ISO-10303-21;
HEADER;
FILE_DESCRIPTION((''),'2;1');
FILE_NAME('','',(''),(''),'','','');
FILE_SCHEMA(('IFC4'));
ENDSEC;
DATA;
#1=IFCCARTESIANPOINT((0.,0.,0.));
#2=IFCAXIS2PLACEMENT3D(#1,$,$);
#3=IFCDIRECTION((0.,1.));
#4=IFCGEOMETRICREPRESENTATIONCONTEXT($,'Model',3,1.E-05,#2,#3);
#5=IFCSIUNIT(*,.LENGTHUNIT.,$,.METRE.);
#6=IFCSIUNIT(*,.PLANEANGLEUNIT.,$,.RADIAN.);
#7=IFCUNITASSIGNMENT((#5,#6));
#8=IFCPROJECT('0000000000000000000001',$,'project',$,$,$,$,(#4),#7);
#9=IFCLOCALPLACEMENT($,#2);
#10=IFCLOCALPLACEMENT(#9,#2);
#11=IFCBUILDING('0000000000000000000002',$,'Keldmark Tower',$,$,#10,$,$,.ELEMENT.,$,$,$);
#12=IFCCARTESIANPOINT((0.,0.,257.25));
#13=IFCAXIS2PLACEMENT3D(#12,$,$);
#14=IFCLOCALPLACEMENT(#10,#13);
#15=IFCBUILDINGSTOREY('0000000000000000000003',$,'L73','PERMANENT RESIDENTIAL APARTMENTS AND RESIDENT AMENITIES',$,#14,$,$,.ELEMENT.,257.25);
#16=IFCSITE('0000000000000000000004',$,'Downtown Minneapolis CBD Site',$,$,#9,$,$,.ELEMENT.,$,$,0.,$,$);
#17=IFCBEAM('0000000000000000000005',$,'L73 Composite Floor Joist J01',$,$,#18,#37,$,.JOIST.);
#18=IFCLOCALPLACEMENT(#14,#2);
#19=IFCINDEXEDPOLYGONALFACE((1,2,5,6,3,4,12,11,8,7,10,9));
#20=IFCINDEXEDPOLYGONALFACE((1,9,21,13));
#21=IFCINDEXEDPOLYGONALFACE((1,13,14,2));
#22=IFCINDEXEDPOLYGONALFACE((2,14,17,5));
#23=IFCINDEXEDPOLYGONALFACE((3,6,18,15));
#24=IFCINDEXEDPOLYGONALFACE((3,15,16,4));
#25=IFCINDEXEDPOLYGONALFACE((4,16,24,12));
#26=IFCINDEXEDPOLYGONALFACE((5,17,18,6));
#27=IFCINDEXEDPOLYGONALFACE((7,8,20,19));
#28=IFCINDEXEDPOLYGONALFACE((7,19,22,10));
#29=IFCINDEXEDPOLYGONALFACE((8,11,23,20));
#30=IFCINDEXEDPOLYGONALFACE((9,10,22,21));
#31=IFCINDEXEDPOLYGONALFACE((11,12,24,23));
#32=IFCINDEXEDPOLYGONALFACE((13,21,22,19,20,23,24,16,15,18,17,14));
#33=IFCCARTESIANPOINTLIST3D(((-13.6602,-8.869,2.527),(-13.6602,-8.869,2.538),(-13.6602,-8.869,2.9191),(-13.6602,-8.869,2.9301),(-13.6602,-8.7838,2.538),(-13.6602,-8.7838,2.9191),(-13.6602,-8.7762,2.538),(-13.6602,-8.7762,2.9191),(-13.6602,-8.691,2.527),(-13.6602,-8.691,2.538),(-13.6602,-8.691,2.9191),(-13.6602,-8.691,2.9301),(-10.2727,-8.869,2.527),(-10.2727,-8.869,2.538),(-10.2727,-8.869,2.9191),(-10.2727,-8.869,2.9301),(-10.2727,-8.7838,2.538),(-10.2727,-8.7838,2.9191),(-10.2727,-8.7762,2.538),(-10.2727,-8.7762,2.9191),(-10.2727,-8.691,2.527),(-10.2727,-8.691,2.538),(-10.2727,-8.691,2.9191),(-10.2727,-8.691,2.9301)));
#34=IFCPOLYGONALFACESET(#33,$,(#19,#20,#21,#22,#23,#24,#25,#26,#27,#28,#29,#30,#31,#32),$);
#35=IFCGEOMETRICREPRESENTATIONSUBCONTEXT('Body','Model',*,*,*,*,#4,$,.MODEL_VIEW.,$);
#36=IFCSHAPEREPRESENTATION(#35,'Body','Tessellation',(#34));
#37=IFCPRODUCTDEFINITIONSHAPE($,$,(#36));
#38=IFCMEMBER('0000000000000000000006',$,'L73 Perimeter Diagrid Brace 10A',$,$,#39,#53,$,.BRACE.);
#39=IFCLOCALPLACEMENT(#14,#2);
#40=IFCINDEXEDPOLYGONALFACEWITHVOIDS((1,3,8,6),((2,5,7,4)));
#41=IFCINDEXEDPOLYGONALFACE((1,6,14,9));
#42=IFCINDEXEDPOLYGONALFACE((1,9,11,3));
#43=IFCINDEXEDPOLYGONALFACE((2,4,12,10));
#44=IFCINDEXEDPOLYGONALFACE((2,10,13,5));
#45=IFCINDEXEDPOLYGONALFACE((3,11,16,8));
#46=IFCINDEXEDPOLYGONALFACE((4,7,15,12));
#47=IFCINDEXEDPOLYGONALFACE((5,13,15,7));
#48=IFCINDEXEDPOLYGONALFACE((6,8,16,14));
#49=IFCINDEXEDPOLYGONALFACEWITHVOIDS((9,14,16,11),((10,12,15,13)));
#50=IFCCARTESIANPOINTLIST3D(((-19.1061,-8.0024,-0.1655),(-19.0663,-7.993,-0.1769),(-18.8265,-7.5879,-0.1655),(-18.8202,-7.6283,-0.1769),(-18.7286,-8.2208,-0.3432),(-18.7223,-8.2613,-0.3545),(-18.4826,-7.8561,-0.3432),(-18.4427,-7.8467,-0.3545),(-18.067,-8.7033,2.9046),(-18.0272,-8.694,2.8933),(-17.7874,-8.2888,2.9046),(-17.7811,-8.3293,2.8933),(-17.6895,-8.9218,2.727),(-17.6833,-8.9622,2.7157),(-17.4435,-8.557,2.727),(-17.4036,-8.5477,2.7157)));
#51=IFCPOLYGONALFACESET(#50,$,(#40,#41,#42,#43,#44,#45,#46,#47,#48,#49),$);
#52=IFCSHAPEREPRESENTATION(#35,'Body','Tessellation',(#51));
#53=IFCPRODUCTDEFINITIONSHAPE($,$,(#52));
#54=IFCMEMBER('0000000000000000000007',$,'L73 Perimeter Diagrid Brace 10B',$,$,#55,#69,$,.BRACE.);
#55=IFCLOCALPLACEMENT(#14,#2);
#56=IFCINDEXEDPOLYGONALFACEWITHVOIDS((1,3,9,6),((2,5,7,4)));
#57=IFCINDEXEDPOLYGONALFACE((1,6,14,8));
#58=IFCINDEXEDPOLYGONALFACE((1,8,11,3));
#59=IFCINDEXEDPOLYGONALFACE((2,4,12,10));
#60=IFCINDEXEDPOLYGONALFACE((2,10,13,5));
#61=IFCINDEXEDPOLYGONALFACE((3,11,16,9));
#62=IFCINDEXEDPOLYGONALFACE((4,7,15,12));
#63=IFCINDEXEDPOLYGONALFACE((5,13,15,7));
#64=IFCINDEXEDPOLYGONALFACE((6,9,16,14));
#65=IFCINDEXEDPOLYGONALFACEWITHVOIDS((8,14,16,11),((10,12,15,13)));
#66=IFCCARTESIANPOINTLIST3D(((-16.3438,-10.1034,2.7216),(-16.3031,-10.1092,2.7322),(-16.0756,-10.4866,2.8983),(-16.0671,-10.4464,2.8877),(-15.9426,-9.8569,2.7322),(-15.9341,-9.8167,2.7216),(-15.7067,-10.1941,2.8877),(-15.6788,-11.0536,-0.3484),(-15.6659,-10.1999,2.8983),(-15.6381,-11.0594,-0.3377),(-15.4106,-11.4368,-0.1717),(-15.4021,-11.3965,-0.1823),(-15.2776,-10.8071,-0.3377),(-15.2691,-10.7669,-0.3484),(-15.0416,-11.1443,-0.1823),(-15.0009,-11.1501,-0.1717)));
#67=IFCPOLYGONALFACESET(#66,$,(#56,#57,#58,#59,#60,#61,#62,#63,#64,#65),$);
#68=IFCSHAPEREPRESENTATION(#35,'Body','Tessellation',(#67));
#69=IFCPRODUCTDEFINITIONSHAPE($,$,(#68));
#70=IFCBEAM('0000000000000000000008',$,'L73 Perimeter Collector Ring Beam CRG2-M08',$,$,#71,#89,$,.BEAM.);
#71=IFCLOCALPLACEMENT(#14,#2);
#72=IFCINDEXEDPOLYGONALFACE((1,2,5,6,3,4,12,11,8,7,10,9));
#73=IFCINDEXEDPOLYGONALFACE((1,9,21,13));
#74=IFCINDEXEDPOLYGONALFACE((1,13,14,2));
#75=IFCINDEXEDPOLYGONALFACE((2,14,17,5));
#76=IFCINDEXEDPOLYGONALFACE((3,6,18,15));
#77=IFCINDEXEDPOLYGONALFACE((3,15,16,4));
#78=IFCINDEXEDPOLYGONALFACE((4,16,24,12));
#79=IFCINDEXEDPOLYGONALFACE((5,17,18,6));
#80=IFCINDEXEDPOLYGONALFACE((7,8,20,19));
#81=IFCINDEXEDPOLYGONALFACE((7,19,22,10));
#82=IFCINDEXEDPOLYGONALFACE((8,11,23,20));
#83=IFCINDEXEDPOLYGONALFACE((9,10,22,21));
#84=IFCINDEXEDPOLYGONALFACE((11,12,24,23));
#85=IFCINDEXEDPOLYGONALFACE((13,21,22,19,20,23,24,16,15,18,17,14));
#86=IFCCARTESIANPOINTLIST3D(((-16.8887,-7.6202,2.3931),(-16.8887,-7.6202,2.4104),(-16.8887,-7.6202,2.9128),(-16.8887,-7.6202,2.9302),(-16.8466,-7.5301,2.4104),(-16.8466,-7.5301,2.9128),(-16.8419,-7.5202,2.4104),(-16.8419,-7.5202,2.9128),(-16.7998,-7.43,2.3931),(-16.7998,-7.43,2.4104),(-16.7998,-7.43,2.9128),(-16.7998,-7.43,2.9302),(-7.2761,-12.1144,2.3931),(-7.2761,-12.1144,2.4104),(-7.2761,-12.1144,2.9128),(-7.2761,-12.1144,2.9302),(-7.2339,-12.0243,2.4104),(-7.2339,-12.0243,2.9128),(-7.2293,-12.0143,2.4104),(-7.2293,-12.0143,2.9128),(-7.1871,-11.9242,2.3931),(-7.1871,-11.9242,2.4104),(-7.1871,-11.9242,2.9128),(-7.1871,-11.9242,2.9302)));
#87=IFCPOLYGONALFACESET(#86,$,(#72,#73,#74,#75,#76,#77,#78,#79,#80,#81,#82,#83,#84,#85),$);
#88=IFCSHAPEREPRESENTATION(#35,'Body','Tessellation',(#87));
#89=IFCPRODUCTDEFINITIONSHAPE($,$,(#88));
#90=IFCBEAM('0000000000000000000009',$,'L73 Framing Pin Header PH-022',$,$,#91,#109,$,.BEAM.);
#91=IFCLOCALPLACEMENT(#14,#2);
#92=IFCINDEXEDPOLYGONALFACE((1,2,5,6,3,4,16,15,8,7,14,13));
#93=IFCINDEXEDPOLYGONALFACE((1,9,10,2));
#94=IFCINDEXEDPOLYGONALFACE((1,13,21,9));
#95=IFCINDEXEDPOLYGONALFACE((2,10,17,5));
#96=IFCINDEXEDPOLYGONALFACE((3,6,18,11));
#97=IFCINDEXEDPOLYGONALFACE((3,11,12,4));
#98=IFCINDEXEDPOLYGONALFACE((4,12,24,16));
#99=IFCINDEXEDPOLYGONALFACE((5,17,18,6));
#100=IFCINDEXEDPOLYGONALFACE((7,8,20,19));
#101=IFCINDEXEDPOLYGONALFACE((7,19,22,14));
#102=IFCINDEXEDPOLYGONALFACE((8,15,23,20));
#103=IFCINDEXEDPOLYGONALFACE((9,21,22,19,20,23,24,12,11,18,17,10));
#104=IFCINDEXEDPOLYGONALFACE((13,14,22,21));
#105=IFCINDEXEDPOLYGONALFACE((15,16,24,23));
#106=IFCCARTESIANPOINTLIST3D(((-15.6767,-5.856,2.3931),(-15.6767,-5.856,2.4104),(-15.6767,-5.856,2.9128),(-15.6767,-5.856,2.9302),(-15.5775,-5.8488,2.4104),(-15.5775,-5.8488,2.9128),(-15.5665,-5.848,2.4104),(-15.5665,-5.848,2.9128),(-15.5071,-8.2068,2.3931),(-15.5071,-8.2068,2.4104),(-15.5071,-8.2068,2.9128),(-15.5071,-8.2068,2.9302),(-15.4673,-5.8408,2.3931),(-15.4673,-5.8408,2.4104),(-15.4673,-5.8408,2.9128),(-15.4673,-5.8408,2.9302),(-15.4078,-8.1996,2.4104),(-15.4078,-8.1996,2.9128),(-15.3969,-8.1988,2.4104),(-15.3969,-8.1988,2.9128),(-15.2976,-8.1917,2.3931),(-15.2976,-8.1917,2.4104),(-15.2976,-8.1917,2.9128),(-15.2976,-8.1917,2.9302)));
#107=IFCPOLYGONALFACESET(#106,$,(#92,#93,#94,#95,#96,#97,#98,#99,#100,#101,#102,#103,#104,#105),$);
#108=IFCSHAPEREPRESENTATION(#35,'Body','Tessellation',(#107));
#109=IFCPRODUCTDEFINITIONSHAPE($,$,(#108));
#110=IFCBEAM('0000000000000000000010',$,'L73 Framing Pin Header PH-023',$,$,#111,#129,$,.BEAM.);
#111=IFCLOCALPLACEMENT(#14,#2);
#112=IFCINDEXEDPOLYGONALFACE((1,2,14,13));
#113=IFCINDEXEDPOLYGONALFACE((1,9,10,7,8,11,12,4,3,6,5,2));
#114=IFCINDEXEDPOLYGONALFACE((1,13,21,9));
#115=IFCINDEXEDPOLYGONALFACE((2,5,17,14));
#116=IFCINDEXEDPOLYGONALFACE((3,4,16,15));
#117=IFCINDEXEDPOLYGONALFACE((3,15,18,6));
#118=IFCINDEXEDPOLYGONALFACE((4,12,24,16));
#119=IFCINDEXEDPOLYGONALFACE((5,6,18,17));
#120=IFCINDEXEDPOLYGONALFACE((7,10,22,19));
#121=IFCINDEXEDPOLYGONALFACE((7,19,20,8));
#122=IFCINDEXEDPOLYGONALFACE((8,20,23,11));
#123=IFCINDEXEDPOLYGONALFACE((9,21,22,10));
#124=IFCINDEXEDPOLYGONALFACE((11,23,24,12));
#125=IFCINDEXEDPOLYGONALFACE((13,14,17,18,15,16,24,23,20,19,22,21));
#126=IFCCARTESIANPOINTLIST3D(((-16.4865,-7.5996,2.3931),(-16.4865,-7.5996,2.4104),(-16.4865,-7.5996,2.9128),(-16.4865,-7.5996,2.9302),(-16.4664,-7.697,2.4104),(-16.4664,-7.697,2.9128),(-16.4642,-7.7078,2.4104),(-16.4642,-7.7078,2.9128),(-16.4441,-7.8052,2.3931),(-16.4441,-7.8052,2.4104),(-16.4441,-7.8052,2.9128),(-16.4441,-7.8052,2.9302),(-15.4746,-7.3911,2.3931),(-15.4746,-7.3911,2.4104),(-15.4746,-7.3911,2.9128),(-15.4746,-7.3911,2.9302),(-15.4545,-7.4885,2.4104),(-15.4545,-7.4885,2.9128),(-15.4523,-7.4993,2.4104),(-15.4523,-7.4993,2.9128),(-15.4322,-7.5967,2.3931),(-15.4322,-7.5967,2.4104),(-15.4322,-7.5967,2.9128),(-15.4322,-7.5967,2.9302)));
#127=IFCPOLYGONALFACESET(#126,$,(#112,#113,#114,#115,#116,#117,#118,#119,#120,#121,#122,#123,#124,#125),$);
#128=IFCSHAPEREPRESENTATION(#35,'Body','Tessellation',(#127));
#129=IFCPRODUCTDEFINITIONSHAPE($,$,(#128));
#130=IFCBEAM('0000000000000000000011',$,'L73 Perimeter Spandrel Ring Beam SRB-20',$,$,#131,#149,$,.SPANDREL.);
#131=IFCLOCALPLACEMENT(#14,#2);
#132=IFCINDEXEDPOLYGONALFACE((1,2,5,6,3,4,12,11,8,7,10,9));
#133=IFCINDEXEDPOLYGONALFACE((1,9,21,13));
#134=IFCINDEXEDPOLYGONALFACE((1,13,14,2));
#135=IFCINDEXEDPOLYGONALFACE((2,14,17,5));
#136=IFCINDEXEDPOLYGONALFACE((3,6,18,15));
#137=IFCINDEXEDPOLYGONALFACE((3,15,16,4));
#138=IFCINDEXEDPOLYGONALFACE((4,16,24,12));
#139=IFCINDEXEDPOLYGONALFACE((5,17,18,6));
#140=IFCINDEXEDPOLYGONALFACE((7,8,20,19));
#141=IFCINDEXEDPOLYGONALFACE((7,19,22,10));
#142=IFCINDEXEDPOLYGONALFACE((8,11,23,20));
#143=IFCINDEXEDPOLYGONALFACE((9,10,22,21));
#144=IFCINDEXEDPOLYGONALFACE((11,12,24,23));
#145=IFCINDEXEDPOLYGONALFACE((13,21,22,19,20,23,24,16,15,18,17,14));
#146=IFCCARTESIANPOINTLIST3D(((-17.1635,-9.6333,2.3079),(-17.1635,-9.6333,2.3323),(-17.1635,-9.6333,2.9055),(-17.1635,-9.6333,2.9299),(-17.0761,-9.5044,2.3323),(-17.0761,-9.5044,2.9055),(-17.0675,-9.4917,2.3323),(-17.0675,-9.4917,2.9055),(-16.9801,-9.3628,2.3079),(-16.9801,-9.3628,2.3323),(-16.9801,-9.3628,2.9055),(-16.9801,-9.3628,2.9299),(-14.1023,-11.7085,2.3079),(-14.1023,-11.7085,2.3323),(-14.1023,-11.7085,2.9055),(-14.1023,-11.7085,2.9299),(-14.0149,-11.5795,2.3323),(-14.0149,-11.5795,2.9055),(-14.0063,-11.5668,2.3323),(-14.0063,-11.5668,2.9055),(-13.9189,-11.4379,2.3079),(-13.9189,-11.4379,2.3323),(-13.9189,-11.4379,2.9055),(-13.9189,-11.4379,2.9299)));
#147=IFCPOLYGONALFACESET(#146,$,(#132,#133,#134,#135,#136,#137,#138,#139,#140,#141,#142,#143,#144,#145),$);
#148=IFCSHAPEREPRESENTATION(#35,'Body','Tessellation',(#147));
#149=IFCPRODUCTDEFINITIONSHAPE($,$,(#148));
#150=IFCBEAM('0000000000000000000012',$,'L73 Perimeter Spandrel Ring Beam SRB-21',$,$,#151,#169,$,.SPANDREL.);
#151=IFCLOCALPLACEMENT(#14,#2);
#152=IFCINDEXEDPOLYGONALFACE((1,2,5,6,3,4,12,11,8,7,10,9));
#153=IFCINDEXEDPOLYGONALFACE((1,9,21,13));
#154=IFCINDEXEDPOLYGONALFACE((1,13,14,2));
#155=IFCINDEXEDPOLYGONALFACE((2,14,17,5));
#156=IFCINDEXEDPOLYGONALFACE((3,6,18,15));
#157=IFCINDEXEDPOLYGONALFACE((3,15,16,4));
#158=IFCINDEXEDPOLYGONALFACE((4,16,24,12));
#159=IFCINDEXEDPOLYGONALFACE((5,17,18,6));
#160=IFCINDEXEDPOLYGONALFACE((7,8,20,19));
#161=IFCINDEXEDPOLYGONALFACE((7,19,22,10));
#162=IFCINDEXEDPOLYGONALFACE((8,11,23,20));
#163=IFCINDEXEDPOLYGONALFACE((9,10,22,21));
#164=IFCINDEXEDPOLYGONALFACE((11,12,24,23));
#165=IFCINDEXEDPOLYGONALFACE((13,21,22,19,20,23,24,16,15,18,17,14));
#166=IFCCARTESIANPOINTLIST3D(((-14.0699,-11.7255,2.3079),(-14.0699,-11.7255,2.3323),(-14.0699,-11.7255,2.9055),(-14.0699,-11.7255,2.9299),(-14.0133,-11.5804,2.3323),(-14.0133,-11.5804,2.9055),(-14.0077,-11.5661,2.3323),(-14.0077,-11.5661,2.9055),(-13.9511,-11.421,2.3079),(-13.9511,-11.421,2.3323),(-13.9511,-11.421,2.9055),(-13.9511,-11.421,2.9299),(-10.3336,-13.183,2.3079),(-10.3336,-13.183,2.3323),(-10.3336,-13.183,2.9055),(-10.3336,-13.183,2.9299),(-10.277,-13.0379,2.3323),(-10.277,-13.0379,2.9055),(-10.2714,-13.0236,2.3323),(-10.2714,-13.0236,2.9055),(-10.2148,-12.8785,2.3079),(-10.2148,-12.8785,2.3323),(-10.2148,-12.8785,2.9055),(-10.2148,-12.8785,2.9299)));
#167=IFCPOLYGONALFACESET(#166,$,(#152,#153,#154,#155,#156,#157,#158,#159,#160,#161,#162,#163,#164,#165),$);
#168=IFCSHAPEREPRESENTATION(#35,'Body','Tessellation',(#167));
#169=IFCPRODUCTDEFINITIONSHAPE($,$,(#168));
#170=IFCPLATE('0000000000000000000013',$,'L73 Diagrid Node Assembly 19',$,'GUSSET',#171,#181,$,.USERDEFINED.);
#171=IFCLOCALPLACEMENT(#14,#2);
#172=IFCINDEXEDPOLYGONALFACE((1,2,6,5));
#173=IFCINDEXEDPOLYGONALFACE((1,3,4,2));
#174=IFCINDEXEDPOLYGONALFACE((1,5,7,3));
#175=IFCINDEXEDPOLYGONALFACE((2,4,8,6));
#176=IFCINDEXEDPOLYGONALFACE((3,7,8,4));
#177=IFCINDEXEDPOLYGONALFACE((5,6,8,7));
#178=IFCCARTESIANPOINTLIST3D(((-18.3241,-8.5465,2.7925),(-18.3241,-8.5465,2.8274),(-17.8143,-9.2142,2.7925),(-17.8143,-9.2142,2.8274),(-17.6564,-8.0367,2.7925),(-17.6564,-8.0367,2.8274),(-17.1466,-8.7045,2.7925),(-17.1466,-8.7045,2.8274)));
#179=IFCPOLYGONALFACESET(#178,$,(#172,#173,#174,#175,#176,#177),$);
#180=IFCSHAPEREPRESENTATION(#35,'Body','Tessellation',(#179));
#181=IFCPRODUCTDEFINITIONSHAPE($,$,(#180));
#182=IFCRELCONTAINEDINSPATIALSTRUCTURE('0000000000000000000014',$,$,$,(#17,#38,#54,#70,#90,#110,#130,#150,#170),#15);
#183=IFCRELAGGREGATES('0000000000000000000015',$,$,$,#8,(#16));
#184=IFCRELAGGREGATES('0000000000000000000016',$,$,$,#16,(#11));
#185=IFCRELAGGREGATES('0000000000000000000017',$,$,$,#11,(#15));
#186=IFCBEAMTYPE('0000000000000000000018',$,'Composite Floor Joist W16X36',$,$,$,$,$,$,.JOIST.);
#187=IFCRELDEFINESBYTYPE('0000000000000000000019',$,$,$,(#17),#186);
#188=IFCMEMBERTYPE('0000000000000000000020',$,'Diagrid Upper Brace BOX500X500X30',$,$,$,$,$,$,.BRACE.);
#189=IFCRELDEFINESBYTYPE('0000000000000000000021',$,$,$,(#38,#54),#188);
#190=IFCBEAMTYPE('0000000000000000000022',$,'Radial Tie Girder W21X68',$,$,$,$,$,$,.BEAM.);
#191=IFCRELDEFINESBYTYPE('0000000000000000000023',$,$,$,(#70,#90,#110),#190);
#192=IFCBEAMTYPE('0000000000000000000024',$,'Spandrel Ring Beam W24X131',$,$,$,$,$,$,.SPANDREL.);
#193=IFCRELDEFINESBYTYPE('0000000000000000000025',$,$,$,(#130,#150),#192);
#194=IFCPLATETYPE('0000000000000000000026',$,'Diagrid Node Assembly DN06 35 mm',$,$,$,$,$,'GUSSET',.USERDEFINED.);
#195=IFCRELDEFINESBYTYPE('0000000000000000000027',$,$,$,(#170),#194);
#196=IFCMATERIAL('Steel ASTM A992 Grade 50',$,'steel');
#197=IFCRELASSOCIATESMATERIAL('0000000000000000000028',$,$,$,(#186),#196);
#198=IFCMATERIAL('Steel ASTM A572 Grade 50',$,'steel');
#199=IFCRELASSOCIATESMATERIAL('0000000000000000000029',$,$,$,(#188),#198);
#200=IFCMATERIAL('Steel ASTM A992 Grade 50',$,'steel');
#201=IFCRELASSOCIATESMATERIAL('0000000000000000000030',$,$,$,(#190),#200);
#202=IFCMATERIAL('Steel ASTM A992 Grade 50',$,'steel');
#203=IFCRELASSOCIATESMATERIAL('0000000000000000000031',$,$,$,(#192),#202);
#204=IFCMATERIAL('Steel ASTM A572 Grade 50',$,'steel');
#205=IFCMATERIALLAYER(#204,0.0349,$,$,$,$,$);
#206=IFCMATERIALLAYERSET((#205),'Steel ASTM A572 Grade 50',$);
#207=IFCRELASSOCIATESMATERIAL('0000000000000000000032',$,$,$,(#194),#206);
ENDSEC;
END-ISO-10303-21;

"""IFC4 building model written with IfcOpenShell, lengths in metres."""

from ifc_helpers import new_model, si_unit, direction, frame, origin, origin_2d, place, context, subcontext, project, spatial, rectangle, hollow_rectangle, i_section, extrude, material, layer, layer_set, material_profile, profile_set, type_object, element, save


model = new_model("IFC4")

# Units and contexts
model_context = context("Model", 3, precision=1e-05, world=origin(), true_north=direction((0.0, 1.0)))
body_context = subcontext(model_context, "Body", "Model", "MODEL_VIEW")
ifc_project = project(units=[si_unit("LENGTHUNIT", "METRE"), si_unit("PLANEANGLEUNIT", "RADIAN")], contexts=[model_context])

# Site, building, storey
site_placement = place(None, origin())
site = spatial("IfcSite", under=ifc_project, at=site_placement, Name="Downtown Minneapolis CBD Site", CompositionType="ELEMENT", RefElevation=0.0)
building_placement = place(site_placement, origin())
building = spatial("IfcBuilding", under=site, at=building_placement, Name="Keldmark Tower", CompositionType="ELEMENT")
storey_placement = place(building_placement, frame((0.0, 0.0, 257.25)))
storey = spatial("IfcBuildingStorey", under=building, at=storey_placement, Name="L73", Description="PERMANENT RESIDENTIAL APARTMENTS AND RESIDENT AMENITIES", CompositionType="ELEMENT", Elevation=257.25)

# Beam
ifc_material_1 = material(Name="Steel ASTM A992 Grade 50", Category="steel")
ifc_material_profile_1 = material_profile(ifc_material_1, i_section(OverallWidth=0.178, OverallDepth=0.4031, WebThickness=0.0076, FlangeThickness=0.011, at=origin_2d()), Name="W16X36")
ifc_profile_set_1 = profile_set([ifc_material_profile_1], Name="Steel ASTM A992 Grade 50")
beam_type_1 = type_object("IfcBeamType", Name="Composite Floor Joist W16X36", PredefinedType="JOIST", material=ifc_profile_set_1)
beam_1_placement = place(storey_placement, frame((-13.6602, -8.78, 2.7285), z_axis=(1.0, 0.0, 0.0), x_axis=(0.0, 1.0, 0.0)))
element("IfcBeam", 1, at=beam_1_placement, inside=storey, type_object=beam_type_1, Name="L73 Composite Floor Joist J01", PredefinedType="JOIST", context=body_context, shape_type="SweptSolid", body=[
    extrude(i_section(OverallWidth=0.178, OverallDepth=0.4031, WebThickness=0.0076, FlangeThickness=0.011, at=origin_2d()), origin(), (0.0, 0.0, 1.0), 3.3875),
])

# Members
ifc_material_2 = material(Name="Steel ASTM A572 Grade 50", Category="steel")
ifc_material_profile_2 = material_profile(ifc_material_2, hollow_rectangle(XDim=0.5, YDim=0.5, WallThickness=0.03, at=origin_2d()), Name="BOX500X500X30")
ifc_profile_set_2 = profile_set([ifc_material_profile_2], Name="Steel ASTM A572 Grade 50")
member_type = type_object("IfcMemberType", Name="Diagrid Upper Brace BOX500X500X30", PredefinedType="BRACE", material=ifc_profile_set_2)
member_1_placement = place(storey_placement, frame((-18.7744, -7.9246, -0.26), z_axis=(0.313342, -0.211374, 0.925817), x_axis=(0.559232, 0.829011, 0.0)))
element("IfcMember", 2, at=member_1_placement, inside=storey, type_object=member_type, Name="L73 Perimeter Diagrid Brace 10A", PredefinedType="BRACE", context=body_context, shape_type="SweptSolid", body=[
    extrude(hollow_rectangle(XDim=0.5, YDim=0.5, WallThickness=0.03, at=origin_2d()), origin(), (0.0, 0.0, 1.0), 3.3162),
])
member_2_placement = place(storey_placement, frame((-15.3398, -11.1018, -0.26), z_axis=(-0.202642, 0.289531, 0.935472), x_axis=(-0.819271, -0.573406, 0.0)))
element("IfcMember", 3, at=member_2_placement, inside=storey, type_object=member_type, Name="L73 Perimeter Diagrid Brace 10B", PredefinedType="BRACE", context=body_context, shape_type="SweptSolid", body=[
    extrude(hollow_rectangle(XDim=0.5, YDim=0.5, WallThickness=0.03, at=origin_2d()), origin(), (0.0, 0.0, 1.0), 3.2817),
])

# Beams
ifc_material_3 = material(Name="Steel ASTM A992 Grade 50", Category="steel")
ifc_material_profile_3 = material_profile(ifc_material_3, i_section(OverallWidth=0.21, OverallDepth=0.5371, WebThickness=0.011, FlangeThickness=0.0173, at=origin_2d()), Name="W21X68")
ifc_profile_set_3 = profile_set([ifc_material_profile_3], Name="Steel ASTM A992 Grade 50")
beam_type_2 = type_object("IfcBeamType", Name="Radial Tie Girder W21X68", PredefinedType="BEAM", material=ifc_profile_set_3)
beam_2_placement = place(storey_placement, frame((-16.8442, -7.5251, 2.6616), z_axis=(0.905884, -0.423526, 0.0), x_axis=(0.423526, 0.905884, 0.0)))
element("IfcBeam", 4, at=beam_2_placement, inside=storey, type_object=beam_type_2, Name="L73 Perimeter Collector Ring Beam CRG2-M08", PredefinedType="BEAM", context=body_context, shape_type="SweptSolid", body=[
    extrude(i_section(OverallWidth=0.21, OverallDepth=0.5371, WebThickness=0.011, FlangeThickness=0.0173, at=origin_2d()), origin(), (0.0, 0.0, 1.0), 10.6113),
])
beam_3_placement = place(storey_placement, frame((-15.4023, -8.1992, 2.6616), z_axis=(-0.071991, 0.997405, 0.0), x_axis=(-0.997405, -0.071991, 0.0)))
element("IfcBeam", 5, at=beam_3_placement, inside=storey, type_object=beam_type_2, Name="L73 Framing Pin Header PH-022", PredefinedType="BEAM", context=body_context, shape_type="SweptSolid", body=[
    extrude(i_section(OverallWidth=0.21, OverallDepth=0.5371, WebThickness=0.011, FlangeThickness=0.0173, at=origin_2d()), origin(), (0.0, 0.0, 1.0), 2.3569),
])
beam_4_placement = place(storey_placement, frame((-15.4534, -7.4939, 2.6616), z_axis=(-0.979428, -0.201793, 0.0), x_axis=(0.201793, -0.979428, 0.0)))
element("IfcBeam", 6, at=beam_4_placement, inside=storey, type_object=beam_type_2, Name="L73 Framing Pin Header PH-023", PredefinedType="BEAM", context=body_context, shape_type="SweptSolid", body=[
    extrude(i_section(OverallWidth=0.21, OverallDepth=0.5371, WebThickness=0.011, FlangeThickness=0.0173, at=origin_2d()), origin(), (0.0, 0.0, 1.0), 1.0332),
])
ifc_material_4 = material(Name="Steel ASTM A992 Grade 50", Category="steel")
ifc_material_profile_4 = material_profile(ifc_material_4, i_section(OverallWidth=0.3269, OverallDepth=0.6221, WebThickness=0.0154, FlangeThickness=0.0244, at=origin_2d()), Name="W24X131")
ifc_profile_set_4 = profile_set([ifc_material_profile_4], Name="Steel ASTM A992 Grade 50")
beam_type_3 = type_object("IfcBeamType", Name="Spandrel Ring Beam W24X131", PredefinedType="SPANDREL", material=ifc_profile_set_4)
beam_5_placement = place(storey_placement, frame((-17.0718, -9.498, 2.6189), z_axis=(0.82774, -0.561112, 0.0), x_axis=(0.561112, 0.82774, 0.0)))
element("IfcBeam", 7, at=beam_5_placement, inside=storey, type_object=beam_type_3, Name="L73 Perimeter Spandrel Ring Beam SRB-20", PredefinedType="SPANDREL", context=body_context, shape_type="SweptSolid", body=[
    extrude(i_section(OverallWidth=0.3269, OverallDepth=0.6221, WebThickness=0.0154, FlangeThickness=0.0244, at=origin_2d()), origin(), (0.0, 0.0, 1.0), 3.6982),
])
beam_6_placement = place(storey_placement, frame((-14.0105, -11.5732, 2.6189), z_axis=(0.931625, -0.363421, 0.0), x_axis=(0.363421, 0.931625, 0.0)))
element("IfcBeam", 8, at=beam_6_placement, inside=storey, type_object=beam_type_3, Name="L73 Perimeter Spandrel Ring Beam SRB-21", PredefinedType="SPANDREL", context=body_context, shape_type="SweptSolid", body=[
    extrude(i_section(OverallWidth=0.3269, OverallDepth=0.6221, WebThickness=0.0154, FlangeThickness=0.0244, at=origin_2d()), origin(), (0.0, 0.0, 1.0), 4.0105),
])

# Plate
ifc_material_5 = material(Name="Steel ASTM A572 Grade 50", Category="steel")
ifc_layer_1 = layer(ifc_material_5, 0.0349)
ifc_layer_set_1 = layer_set([ifc_layer_1], Name="Steel ASTM A572 Grade 50")
plate_type = type_object("IfcPlateType", Name="Diagrid Node Assembly DN06 35 mm", ElementType="GUSSET", PredefinedType="USERDEFINED", material=ifc_layer_set_1)
for number, where, z_axis, x_axis, name in (
    (9, (-17.7354, -8.6255, 2.7925), (0.0, 0.0, 1.0), (0.606821, -0.794838, 0.0), "L73 Diagrid Node Assembly 19"),
):
    element("IfcPlate", number, at=place(storey_placement, frame(where, z_axis=z_axis, x_axis=x_axis)), inside=storey, type_object=plate_type, Name=name, ObjectType="GUSSET", PredefinedType="USERDEFINED", context=body_context, shape_type="SweptSolid", body=[
        extrude(rectangle(XDim=0.8401, YDim=0.8401, at=origin_2d()), origin(), (0.0, 0.0, 1.0), 0.0349),
    ])

save(model, "model.ifc")
